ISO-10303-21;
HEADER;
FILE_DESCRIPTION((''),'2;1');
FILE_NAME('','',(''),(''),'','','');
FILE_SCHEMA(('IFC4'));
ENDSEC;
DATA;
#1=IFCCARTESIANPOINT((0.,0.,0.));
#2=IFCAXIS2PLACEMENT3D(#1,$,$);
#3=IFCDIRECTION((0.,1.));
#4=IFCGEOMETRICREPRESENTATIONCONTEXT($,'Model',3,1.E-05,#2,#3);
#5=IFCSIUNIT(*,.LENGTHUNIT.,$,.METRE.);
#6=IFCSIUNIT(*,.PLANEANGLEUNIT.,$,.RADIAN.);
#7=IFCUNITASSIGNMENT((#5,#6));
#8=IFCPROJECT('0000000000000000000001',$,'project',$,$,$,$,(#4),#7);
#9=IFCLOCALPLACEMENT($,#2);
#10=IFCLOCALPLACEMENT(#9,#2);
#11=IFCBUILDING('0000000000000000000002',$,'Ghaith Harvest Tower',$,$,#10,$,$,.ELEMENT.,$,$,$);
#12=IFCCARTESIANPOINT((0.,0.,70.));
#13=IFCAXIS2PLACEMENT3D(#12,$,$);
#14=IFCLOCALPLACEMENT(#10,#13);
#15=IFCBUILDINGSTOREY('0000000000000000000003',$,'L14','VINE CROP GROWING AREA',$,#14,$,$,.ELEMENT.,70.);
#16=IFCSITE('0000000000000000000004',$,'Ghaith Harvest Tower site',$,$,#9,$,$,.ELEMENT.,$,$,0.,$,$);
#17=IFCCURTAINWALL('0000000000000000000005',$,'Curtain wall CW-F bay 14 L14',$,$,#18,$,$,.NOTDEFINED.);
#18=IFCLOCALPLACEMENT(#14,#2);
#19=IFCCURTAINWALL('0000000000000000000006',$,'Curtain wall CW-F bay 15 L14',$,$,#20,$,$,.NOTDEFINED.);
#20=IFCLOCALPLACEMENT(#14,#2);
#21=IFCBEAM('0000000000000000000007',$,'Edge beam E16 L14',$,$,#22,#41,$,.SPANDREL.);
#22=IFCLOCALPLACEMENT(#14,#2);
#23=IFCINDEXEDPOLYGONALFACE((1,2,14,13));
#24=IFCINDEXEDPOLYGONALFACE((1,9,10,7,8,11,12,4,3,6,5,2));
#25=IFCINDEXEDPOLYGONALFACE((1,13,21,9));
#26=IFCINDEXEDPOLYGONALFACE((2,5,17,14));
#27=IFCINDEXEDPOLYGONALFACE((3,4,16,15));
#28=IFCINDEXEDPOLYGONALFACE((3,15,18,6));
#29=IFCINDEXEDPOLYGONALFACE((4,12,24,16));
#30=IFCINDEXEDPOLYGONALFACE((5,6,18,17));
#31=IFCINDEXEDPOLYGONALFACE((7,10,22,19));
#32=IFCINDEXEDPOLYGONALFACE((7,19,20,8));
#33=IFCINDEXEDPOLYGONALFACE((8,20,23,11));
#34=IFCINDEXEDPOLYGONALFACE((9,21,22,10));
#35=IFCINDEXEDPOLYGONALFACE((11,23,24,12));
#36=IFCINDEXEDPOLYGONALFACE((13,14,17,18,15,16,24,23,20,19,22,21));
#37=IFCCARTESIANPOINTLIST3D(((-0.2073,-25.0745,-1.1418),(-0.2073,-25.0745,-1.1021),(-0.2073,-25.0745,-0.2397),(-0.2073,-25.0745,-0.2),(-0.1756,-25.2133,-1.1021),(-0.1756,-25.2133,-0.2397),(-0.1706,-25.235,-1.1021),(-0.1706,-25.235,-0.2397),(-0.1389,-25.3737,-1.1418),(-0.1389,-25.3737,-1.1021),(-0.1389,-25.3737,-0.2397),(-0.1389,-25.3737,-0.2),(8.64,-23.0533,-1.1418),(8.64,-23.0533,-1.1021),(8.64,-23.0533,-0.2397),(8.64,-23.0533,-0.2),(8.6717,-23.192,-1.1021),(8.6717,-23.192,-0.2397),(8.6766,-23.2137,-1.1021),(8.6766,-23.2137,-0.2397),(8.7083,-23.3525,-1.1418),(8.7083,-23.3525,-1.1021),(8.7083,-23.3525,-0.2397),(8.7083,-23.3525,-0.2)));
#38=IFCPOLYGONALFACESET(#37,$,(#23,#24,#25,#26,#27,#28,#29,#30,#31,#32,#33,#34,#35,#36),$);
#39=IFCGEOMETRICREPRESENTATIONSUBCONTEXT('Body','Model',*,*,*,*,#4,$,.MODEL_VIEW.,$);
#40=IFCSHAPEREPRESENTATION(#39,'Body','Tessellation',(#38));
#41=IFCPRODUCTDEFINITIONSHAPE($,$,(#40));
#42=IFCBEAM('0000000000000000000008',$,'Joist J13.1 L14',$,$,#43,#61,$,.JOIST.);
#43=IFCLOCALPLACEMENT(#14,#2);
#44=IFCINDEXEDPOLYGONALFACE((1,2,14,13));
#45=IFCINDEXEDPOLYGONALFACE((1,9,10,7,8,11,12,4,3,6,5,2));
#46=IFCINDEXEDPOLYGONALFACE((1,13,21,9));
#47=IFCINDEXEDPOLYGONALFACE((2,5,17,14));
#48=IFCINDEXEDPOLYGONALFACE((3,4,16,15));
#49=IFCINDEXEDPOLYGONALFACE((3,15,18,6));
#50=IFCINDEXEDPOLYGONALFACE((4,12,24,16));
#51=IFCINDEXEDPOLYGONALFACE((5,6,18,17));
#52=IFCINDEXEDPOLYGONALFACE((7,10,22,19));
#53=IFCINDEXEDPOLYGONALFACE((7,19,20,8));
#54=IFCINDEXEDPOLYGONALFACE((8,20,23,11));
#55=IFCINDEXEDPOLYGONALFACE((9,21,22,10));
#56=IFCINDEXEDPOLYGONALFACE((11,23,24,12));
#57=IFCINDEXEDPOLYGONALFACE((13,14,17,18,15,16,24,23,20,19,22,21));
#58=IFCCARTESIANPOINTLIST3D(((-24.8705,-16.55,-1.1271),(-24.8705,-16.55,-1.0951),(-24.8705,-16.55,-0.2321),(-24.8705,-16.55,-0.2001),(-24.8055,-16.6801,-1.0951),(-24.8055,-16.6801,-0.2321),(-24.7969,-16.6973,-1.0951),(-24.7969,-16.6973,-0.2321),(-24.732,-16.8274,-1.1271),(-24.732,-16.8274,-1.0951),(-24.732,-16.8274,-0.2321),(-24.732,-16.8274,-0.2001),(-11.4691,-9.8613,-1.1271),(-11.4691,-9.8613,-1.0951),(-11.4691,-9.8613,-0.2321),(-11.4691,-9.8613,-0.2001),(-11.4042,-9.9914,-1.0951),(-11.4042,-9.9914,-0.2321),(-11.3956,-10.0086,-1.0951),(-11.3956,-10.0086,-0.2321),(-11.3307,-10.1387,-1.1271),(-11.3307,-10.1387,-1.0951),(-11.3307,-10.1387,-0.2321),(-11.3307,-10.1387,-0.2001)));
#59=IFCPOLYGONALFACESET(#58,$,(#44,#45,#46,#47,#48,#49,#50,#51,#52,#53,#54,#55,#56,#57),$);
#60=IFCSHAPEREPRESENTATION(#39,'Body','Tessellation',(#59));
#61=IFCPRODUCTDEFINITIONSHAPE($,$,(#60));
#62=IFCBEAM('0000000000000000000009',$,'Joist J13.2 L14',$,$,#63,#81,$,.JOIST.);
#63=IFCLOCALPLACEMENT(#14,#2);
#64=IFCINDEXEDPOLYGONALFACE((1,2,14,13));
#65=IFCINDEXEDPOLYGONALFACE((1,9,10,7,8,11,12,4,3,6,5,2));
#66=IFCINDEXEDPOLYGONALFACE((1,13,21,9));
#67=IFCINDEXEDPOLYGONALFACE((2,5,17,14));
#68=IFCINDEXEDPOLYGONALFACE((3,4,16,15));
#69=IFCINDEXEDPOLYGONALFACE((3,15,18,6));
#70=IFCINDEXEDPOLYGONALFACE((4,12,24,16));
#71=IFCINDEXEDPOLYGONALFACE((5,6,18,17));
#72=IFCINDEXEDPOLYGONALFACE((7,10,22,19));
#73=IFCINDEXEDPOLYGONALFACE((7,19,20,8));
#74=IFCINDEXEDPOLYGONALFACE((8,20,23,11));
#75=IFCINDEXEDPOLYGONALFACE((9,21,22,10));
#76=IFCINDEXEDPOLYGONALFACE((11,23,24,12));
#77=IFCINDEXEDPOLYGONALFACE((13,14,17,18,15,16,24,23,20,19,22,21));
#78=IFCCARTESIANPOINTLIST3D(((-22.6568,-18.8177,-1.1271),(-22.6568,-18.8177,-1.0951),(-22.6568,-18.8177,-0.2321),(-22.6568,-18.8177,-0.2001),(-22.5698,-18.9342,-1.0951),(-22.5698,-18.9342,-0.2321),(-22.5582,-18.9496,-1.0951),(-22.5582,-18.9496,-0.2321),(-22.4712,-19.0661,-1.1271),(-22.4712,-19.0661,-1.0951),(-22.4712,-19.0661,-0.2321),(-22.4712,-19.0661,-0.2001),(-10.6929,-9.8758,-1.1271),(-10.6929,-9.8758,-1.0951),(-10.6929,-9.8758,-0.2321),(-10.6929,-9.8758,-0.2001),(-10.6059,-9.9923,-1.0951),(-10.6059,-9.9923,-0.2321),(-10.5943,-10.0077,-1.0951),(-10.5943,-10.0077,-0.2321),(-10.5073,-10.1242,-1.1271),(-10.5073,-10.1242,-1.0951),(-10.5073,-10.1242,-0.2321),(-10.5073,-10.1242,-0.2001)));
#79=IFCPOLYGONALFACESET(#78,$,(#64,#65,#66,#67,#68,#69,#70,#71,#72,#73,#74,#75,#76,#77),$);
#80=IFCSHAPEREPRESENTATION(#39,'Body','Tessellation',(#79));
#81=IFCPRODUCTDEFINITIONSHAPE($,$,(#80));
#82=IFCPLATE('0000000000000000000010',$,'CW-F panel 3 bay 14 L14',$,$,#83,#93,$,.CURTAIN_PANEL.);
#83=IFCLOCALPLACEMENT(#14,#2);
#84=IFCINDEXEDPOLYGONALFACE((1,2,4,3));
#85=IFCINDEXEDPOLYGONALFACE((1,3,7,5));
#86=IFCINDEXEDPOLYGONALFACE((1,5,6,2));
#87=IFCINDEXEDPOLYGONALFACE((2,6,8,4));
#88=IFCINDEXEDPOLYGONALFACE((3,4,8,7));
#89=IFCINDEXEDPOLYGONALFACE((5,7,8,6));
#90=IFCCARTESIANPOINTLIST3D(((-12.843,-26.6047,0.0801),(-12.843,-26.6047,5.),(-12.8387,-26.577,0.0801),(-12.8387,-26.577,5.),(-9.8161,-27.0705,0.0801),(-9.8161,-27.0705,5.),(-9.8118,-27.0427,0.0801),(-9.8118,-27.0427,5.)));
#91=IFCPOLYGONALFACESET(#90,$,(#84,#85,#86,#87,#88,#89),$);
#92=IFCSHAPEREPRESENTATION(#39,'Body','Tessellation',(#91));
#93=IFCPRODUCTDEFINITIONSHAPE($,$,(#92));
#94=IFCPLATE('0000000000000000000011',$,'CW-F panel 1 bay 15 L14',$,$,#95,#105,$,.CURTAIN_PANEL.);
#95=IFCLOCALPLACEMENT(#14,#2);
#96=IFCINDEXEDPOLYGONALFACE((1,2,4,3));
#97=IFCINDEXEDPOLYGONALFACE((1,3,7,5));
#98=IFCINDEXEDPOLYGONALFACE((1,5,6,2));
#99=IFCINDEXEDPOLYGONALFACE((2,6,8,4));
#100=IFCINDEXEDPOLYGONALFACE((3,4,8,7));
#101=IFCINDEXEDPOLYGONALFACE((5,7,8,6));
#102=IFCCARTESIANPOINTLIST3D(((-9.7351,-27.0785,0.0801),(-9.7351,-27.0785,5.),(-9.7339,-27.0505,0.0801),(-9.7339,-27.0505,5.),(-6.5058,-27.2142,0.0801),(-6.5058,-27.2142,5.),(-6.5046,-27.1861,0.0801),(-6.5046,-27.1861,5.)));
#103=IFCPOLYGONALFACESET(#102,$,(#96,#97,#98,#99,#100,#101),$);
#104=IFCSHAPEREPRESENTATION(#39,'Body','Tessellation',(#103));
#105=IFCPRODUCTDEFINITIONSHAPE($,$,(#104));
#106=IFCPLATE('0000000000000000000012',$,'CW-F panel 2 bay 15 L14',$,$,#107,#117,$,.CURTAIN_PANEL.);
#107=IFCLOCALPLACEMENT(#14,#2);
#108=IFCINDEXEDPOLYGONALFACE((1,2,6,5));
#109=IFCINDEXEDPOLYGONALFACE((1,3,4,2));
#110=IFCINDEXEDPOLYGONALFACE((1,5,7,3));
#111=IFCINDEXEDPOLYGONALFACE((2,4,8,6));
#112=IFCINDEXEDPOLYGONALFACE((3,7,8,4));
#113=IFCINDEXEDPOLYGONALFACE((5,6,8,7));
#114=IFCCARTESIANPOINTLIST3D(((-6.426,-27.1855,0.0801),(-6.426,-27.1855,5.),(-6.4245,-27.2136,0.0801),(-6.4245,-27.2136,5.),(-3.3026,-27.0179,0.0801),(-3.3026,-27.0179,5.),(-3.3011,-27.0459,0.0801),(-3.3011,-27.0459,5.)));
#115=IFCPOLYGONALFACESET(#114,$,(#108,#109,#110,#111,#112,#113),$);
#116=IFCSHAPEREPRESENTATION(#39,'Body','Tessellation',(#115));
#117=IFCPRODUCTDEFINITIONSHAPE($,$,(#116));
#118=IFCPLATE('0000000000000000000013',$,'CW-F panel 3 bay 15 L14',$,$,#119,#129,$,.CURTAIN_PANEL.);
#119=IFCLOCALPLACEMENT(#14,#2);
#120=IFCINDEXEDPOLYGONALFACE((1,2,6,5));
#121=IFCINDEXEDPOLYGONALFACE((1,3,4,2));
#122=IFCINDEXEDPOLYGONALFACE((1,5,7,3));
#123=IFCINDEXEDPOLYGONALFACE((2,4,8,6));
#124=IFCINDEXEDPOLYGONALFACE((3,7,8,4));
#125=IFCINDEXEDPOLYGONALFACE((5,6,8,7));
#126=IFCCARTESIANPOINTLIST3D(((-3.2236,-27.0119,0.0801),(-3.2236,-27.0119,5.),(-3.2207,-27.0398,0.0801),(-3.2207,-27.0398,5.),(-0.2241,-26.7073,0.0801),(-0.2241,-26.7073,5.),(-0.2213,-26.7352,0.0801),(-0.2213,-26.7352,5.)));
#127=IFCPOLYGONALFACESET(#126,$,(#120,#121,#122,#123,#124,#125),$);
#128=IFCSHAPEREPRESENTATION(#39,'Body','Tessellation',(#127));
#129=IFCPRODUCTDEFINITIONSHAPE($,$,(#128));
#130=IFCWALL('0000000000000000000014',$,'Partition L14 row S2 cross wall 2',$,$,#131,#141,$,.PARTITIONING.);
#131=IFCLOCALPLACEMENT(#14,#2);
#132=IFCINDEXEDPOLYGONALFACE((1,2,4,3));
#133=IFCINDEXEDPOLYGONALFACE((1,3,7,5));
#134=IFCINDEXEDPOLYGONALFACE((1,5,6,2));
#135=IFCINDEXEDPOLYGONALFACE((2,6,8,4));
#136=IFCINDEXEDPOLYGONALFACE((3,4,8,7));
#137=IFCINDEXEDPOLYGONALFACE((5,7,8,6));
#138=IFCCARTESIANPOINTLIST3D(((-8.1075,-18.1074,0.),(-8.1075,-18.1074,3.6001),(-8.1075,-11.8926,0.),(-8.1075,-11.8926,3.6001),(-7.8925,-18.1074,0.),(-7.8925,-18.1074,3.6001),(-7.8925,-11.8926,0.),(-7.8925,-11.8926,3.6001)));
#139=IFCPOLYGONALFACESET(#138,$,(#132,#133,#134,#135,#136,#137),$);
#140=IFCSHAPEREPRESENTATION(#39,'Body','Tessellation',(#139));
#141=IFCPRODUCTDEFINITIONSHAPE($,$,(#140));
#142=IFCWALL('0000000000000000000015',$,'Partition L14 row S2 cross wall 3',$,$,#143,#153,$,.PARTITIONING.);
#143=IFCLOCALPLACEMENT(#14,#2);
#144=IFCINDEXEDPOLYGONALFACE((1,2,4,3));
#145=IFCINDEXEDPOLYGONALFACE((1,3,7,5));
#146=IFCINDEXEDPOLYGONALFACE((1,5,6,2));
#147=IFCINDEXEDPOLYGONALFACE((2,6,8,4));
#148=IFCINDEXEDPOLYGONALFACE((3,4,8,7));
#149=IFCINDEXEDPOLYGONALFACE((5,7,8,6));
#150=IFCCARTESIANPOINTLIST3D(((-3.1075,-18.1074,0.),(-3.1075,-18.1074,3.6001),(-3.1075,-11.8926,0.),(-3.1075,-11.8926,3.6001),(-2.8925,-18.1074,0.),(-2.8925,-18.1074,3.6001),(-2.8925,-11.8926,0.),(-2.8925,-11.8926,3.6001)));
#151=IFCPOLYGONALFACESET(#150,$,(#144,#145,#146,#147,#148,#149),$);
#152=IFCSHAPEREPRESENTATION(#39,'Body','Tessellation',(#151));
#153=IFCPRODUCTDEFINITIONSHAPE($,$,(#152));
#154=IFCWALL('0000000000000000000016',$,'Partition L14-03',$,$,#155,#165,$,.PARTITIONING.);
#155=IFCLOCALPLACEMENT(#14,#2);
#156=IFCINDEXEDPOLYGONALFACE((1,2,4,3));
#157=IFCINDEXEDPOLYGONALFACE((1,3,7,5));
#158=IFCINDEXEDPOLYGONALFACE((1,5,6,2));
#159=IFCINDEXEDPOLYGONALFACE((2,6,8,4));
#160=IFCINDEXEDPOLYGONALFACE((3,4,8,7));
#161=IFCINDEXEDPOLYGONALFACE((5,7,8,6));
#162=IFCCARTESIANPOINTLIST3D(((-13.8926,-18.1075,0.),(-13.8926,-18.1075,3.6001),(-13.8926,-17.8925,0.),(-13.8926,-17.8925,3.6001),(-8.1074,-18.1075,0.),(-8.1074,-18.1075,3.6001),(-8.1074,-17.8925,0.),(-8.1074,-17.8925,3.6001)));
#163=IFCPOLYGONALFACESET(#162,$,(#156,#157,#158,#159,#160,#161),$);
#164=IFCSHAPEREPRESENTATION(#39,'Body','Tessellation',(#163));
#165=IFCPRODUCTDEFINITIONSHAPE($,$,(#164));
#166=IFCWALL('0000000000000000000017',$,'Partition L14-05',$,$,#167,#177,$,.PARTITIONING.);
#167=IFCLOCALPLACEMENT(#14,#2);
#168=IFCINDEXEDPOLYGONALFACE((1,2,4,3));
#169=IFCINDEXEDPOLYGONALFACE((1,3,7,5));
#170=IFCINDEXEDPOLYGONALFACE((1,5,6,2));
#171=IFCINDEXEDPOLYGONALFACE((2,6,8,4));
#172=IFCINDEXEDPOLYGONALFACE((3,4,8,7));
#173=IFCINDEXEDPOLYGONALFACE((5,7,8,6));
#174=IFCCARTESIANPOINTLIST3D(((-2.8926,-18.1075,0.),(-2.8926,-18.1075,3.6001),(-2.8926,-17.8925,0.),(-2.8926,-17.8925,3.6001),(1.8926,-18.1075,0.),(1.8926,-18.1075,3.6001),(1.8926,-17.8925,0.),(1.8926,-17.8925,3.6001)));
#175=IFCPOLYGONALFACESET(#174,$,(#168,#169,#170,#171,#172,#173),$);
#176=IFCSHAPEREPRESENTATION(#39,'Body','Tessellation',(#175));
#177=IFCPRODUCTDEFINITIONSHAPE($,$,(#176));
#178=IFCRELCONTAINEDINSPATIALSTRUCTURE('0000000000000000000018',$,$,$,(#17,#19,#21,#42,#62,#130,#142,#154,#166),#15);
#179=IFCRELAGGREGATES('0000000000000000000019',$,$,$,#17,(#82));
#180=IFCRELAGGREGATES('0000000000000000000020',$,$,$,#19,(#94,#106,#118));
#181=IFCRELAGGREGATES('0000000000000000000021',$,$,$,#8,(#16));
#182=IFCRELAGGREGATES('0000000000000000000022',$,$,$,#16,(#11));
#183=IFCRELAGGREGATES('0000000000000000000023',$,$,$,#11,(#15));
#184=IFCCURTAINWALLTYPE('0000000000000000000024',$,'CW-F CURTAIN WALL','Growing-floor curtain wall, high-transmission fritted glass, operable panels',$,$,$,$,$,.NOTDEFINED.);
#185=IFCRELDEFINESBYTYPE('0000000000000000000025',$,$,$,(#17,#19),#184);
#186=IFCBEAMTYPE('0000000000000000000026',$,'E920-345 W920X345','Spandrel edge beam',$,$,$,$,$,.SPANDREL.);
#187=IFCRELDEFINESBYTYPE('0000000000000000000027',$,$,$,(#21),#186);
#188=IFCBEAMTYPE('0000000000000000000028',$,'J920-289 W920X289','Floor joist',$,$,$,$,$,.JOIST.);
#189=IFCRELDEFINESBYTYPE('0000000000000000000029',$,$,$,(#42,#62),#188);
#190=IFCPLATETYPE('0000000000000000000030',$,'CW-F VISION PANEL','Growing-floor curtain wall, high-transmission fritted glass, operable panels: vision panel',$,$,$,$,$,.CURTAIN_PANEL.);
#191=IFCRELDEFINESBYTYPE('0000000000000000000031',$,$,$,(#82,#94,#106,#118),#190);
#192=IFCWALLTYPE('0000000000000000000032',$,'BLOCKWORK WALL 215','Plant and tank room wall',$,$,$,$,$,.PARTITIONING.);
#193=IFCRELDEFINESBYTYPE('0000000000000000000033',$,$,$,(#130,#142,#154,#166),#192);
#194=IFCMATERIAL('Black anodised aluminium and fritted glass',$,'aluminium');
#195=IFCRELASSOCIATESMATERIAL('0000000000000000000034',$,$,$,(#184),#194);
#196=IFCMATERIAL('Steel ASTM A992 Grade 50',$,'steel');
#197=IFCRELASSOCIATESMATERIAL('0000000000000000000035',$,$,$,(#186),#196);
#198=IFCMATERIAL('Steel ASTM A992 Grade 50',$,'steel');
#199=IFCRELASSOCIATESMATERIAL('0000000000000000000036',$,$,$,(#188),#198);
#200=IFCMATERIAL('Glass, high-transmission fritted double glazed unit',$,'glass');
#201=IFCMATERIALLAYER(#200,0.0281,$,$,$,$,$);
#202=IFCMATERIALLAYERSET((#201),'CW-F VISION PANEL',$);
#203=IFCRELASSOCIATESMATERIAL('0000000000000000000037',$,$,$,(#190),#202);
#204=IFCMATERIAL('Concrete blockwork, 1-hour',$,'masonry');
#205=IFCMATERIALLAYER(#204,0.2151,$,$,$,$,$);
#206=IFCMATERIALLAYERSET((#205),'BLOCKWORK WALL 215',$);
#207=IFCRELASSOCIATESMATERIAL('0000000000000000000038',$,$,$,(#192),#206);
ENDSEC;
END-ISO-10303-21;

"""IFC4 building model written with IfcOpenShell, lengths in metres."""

from ifc_helpers import new_model, si_unit, direction, frame, frame_2d, origin, origin_2d, place, context, subcontext, project, spatial, rectangle, i_section, extrude, material, layer, layer_set, material_profile, profile_set, type_object, element, aggregate, save


model = new_model("IFC4")

# Units and contexts
model_context = context("Model", 3, precision=1e-05, world=origin(), true_north=direction((0.0, 1.0)))
body_context = subcontext(model_context, "Body", "Model", "MODEL_VIEW")
ifc_project = project(units=[si_unit("LENGTHUNIT", "METRE"), si_unit("PLANEANGLEUNIT", "RADIAN")], contexts=[model_context])

# Site, building, storey
site_placement = place(None, origin())
site = spatial("IfcSite", under=ifc_project, at=site_placement, Name="Ghaith Harvest Tower site", CompositionType="ELEMENT", RefElevation=0.0)
building_placement = place(site_placement, origin())
building = spatial("IfcBuilding", under=site, at=building_placement, Name="Ghaith Harvest Tower", CompositionType="ELEMENT")
storey_placement = place(building_placement, frame((0.0, 0.0, 70.0)))
storey = spatial("IfcBuildingStorey", under=building, at=storey_placement, Name="L14", Description="VINE CROP GROWING AREA", CompositionType="ELEMENT", Elevation=70.0)

# Curtain wall
ifc_material_1 = material(Name="Black anodised aluminium and fritted glass", Category="aluminium")
curtain_wall_type = type_object("IfcCurtainWallType", Name="CW-F CURTAIN WALL", Description="Growing-floor curtain wall, high-transmission fritted glass, operable panels", PredefinedType="NOTDEFINED", material=ifc_material_1)
curtain_wall_1_placement = place(storey_placement, origin())
curtain_wall_1 = element("IfcCurtainWall", 1, at=curtain_wall_1_placement, inside=storey, type_object=curtain_wall_type, Name="Curtain wall CW-F bay 14 L14", PredefinedType="NOTDEFINED")

# Curtain wall
curtain_wall_2_placement = place(storey_placement, origin())
curtain_wall_2 = element("IfcCurtainWall", 2, at=curtain_wall_2_placement, inside=storey, type_object=curtain_wall_type, Name="Curtain wall CW-F bay 15 L14", PredefinedType="NOTDEFINED")

# Beams
ifc_material_2 = material(Name="Steel ASTM A992 Grade 50", Category="steel")
ifc_material_profile_1 = material_profile(ifc_material_2, i_section(OverallWidth=0.3069, OverallDepth=0.9419, WebThickness=0.0222, FlangeThickness=0.0398, at=origin_2d()), Name="W920X345")
ifc_profile_set_1 = profile_set([ifc_material_profile_1], Name="Steel ASTM A992 Grade 50")
beam_type_1 = type_object("IfcBeamType", Name="E920-345 W920X345", Description="Spandrel edge beam", PredefinedType="SPANDREL", material=ifc_profile_set_1)
beam_1_placement = place(storey_placement, frame((-0.1731, -25.2241, -0.6709), z_axis=(0.974882, 0.222723, 0.0), x_axis=(-0.222723, 0.974882, 0.0)))
element("IfcBeam", 3, at=beam_1_placement, inside=storey, type_object=beam_type_1, Name="Edge beam E16 L14", PredefinedType="SPANDREL", context=body_context, shape_type="SweptSolid", body=[
    extrude(i_section(OverallWidth=0.3069, OverallDepth=0.9419, WebThickness=0.0222, FlangeThickness=0.0398, at=origin_2d()), origin(), (0.0, 0.0, 1.0), 9.0752),
])
ifc_material_3 = material(Name="Steel ASTM A992 Grade 50", Category="steel")
ifc_material_profile_2 = material_profile(ifc_material_3, i_section(OverallWidth=0.3101, OverallDepth=0.927, WebThickness=0.0193, FlangeThickness=0.032, at=origin_2d()), Name="W920X289")
ifc_profile_set_2 = profile_set([ifc_material_profile_2], Name="Steel ASTM A992 Grade 50")
beam_type_2 = type_object("IfcBeamType", Name="J920-289 W920X289", Description="Floor joist", PredefinedType="JOIST", material=ifc_profile_set_2)
beam_2_placement = place(storey_placement, frame((-11.3999, -10.0, -0.6636), z_axis=(-0.894746, -0.446575, 0.0), x_axis=(0.446575, -0.894746, 0.0)))
element("IfcBeam", 4, at=beam_2_placement, inside=storey, type_object=beam_type_2, Name="Joist J13.1 L14", PredefinedType="JOIST", context=body_context, shape_type="SweptSolid", body=[
    extrude(i_section(OverallWidth=0.3101, OverallDepth=0.927, WebThickness=0.0193, FlangeThickness=0.032, at=origin_2d()), origin(), (0.0, 0.0, 1.0), 14.9778),
])
beam_3_placement = place(storey_placement, frame((-10.6001, -10.0, -0.6636), z_axis=(-0.800995, -0.598671, 0.0), x_axis=(0.598671, -0.800995, 0.0)))
element("IfcBeam", 5, at=beam_3_placement, inside=storey, type_object=beam_type_2, Name="Joist J13.2 L14", PredefinedType="JOIST", context=body_context, shape_type="SweptSolid", body=[
    extrude(i_section(OverallWidth=0.3101, OverallDepth=0.927, WebThickness=0.0193, FlangeThickness=0.032, at=origin_2d()), origin(), (0.0, 0.0, 1.0), 14.9363),
])

# Plates
ifc_material_4 = material(Name="Glass, high-transmission fritted double glazed unit", Category="glass")
ifc_layer_1 = layer(ifc_material_4, 0.0281)
ifc_layer_set_1 = layer_set([ifc_layer_1], Name="CW-F VISION PANEL")
plate_type = type_object("IfcPlateType", Name="CW-F VISION PANEL", Description="Growing-floor curtain wall, high-transmission fritted glass, operable panels: vision panel", PredefinedType="CURTAIN_PANEL", material=ifc_layer_set_1)
plate_1_placement = place(storey_placement, frame((-11.3274, -26.8237, 0.0801), z_axis=(0.0, 0.0, 1.0), x_axis=(0.98837, -0.152069, 0.0)))
plate_1 = element("IfcPlate", 6, at=plate_1_placement, type_object=plate_type, Name="CW-F panel 3 bay 14 L14", PredefinedType="CURTAIN_PANEL", context=body_context, shape_type="SweptSolid", body=[
    extrude(rectangle(XDim=3.0625, YDim=0.0281, at=origin_2d()), origin(), (0.0, 0.0, 1.0), 4.9199),
])
aggregate(curtain_wall_1, [plate_1])
plate_2_placement = place(storey_placement, frame((-8.1199, -27.1323, 0.0801), z_axis=(0.0, 0.0, 1.0), x_axis=(0.999119, -0.041967, 0.0)))
plate_2 = element("IfcPlate", 7, at=plate_2_placement, type_object=plate_type, Name="CW-F panel 1 bay 15 L14", PredefinedType="CURTAIN_PANEL", context=body_context, shape_type="SweptSolid", body=[
    extrude(rectangle(XDim=3.2322, YDim=0.0281, at=origin_2d()), origin(), (0.0, 0.0, 1.0), 4.9199),
])
plate_3_placement = place(storey_placement, frame((-4.8635, -27.1157, 0.0801), z_axis=(0.0, 0.0, 1.0), x_axis=(0.998563, 0.0536, 0.0)))
plate_3 = element("IfcPlate", 8, at=plate_3_placement, type_object=plate_type, Name="CW-F panel 2 bay 15 L14", PredefinedType="CURTAIN_PANEL", context=body_context, shape_type="SweptSolid", body=[
    extrude(rectangle(XDim=3.1279, YDim=0.0281, at=origin_2d()), origin(), (0.0, 0.0, 1.0), 4.9199),
])
plate_4_placement = place(storey_placement, frame((-1.7224, -26.8735, 0.0801), z_axis=(0.0, 0.0, 1.0), x_axis=(0.994882, 0.101041, 0.0)))
plate_4 = element("IfcPlate", 9, at=plate_4_placement, type_object=plate_type, Name="CW-F panel 3 bay 15 L14", PredefinedType="CURTAIN_PANEL", context=body_context, shape_type="SweptSolid", body=[
    extrude(rectangle(XDim=3.0149, YDim=0.0281, at=origin_2d()), origin(), (0.0, 0.0, 1.0), 4.9199),
])
aggregate(curtain_wall_2, [plate_2, plate_3, plate_4])

# Walls
ifc_material_5 = material(Name="Concrete blockwork, 1-hour", Category="masonry")
ifc_layer_2 = layer(ifc_material_5, 0.2151)
ifc_layer_set_2 = layer_set([ifc_layer_2], Name="BLOCKWORK WALL 215")
wall_type_1 = type_object("IfcWallType", Name="BLOCKWORK WALL 215", Description="Plant and tank room wall", PredefinedType="PARTITIONING", material=ifc_layer_set_2)
for number, where, z_axis, x_axis, name in (
    (10, (-8.0, -11.8926, 0.0), (0.0, 0.0, 1.0), (0.0, -1.0, 0.0), "Partition L14 row S2 cross wall 2"),
    (11, (-3.0, -11.8926, 0.0), (0.0, 0.0, 1.0), (0.0, -1.0, 0.0), "Partition L14 row S2 cross wall 3"),
):
    element("IfcWall", number, at=place(storey_placement, frame(where, z_axis=z_axis, x_axis=x_axis)), inside=storey, type_object=wall_type_1, Name=name, PredefinedType="PARTITIONING", context=body_context, shape_type="SweptSolid", body=[
        extrude(rectangle(XDim=6.2148, YDim=0.2151, at=frame_2d((3.1074, 0.0))), origin(), (0.0, 0.0, 1.0), 3.6001),
    ])

# Wall
wall_1_placement = place(storey_placement, frame((-13.8926, -18.0, 0.0), z_axis=(0.0, 0.0, 1.0), x_axis=(1.0, 0.0, 0.0)))
element("IfcWall", 12, at=wall_1_placement, inside=storey, type_object=wall_type_1, Name="Partition L14-03", PredefinedType="PARTITIONING", context=body_context, shape_type="SweptSolid", body=[
    extrude(rectangle(XDim=5.7852, YDim=0.2151, at=frame_2d((2.8926, 0.0))), origin(), (0.0, 0.0, 1.0), 3.6001),
])

# Wall
wall_2_placement = place(storey_placement, frame((-2.8926, -18.0, 0.0), z_axis=(0.0, 0.0, 1.0), x_axis=(1.0, 0.0, 0.0)))
element("IfcWall", 13, at=wall_2_placement, inside=storey, type_object=wall_type_1, Name="Partition L14-05", PredefinedType="PARTITIONING", context=body_context, shape_type="SweptSolid", body=[
    extrude(rectangle(XDim=4.7852, YDim=0.2151, at=frame_2d((2.3926, 0.0))), origin(), (0.0, 0.0, 1.0), 3.6001),
])

save(model, "model.ifc")
